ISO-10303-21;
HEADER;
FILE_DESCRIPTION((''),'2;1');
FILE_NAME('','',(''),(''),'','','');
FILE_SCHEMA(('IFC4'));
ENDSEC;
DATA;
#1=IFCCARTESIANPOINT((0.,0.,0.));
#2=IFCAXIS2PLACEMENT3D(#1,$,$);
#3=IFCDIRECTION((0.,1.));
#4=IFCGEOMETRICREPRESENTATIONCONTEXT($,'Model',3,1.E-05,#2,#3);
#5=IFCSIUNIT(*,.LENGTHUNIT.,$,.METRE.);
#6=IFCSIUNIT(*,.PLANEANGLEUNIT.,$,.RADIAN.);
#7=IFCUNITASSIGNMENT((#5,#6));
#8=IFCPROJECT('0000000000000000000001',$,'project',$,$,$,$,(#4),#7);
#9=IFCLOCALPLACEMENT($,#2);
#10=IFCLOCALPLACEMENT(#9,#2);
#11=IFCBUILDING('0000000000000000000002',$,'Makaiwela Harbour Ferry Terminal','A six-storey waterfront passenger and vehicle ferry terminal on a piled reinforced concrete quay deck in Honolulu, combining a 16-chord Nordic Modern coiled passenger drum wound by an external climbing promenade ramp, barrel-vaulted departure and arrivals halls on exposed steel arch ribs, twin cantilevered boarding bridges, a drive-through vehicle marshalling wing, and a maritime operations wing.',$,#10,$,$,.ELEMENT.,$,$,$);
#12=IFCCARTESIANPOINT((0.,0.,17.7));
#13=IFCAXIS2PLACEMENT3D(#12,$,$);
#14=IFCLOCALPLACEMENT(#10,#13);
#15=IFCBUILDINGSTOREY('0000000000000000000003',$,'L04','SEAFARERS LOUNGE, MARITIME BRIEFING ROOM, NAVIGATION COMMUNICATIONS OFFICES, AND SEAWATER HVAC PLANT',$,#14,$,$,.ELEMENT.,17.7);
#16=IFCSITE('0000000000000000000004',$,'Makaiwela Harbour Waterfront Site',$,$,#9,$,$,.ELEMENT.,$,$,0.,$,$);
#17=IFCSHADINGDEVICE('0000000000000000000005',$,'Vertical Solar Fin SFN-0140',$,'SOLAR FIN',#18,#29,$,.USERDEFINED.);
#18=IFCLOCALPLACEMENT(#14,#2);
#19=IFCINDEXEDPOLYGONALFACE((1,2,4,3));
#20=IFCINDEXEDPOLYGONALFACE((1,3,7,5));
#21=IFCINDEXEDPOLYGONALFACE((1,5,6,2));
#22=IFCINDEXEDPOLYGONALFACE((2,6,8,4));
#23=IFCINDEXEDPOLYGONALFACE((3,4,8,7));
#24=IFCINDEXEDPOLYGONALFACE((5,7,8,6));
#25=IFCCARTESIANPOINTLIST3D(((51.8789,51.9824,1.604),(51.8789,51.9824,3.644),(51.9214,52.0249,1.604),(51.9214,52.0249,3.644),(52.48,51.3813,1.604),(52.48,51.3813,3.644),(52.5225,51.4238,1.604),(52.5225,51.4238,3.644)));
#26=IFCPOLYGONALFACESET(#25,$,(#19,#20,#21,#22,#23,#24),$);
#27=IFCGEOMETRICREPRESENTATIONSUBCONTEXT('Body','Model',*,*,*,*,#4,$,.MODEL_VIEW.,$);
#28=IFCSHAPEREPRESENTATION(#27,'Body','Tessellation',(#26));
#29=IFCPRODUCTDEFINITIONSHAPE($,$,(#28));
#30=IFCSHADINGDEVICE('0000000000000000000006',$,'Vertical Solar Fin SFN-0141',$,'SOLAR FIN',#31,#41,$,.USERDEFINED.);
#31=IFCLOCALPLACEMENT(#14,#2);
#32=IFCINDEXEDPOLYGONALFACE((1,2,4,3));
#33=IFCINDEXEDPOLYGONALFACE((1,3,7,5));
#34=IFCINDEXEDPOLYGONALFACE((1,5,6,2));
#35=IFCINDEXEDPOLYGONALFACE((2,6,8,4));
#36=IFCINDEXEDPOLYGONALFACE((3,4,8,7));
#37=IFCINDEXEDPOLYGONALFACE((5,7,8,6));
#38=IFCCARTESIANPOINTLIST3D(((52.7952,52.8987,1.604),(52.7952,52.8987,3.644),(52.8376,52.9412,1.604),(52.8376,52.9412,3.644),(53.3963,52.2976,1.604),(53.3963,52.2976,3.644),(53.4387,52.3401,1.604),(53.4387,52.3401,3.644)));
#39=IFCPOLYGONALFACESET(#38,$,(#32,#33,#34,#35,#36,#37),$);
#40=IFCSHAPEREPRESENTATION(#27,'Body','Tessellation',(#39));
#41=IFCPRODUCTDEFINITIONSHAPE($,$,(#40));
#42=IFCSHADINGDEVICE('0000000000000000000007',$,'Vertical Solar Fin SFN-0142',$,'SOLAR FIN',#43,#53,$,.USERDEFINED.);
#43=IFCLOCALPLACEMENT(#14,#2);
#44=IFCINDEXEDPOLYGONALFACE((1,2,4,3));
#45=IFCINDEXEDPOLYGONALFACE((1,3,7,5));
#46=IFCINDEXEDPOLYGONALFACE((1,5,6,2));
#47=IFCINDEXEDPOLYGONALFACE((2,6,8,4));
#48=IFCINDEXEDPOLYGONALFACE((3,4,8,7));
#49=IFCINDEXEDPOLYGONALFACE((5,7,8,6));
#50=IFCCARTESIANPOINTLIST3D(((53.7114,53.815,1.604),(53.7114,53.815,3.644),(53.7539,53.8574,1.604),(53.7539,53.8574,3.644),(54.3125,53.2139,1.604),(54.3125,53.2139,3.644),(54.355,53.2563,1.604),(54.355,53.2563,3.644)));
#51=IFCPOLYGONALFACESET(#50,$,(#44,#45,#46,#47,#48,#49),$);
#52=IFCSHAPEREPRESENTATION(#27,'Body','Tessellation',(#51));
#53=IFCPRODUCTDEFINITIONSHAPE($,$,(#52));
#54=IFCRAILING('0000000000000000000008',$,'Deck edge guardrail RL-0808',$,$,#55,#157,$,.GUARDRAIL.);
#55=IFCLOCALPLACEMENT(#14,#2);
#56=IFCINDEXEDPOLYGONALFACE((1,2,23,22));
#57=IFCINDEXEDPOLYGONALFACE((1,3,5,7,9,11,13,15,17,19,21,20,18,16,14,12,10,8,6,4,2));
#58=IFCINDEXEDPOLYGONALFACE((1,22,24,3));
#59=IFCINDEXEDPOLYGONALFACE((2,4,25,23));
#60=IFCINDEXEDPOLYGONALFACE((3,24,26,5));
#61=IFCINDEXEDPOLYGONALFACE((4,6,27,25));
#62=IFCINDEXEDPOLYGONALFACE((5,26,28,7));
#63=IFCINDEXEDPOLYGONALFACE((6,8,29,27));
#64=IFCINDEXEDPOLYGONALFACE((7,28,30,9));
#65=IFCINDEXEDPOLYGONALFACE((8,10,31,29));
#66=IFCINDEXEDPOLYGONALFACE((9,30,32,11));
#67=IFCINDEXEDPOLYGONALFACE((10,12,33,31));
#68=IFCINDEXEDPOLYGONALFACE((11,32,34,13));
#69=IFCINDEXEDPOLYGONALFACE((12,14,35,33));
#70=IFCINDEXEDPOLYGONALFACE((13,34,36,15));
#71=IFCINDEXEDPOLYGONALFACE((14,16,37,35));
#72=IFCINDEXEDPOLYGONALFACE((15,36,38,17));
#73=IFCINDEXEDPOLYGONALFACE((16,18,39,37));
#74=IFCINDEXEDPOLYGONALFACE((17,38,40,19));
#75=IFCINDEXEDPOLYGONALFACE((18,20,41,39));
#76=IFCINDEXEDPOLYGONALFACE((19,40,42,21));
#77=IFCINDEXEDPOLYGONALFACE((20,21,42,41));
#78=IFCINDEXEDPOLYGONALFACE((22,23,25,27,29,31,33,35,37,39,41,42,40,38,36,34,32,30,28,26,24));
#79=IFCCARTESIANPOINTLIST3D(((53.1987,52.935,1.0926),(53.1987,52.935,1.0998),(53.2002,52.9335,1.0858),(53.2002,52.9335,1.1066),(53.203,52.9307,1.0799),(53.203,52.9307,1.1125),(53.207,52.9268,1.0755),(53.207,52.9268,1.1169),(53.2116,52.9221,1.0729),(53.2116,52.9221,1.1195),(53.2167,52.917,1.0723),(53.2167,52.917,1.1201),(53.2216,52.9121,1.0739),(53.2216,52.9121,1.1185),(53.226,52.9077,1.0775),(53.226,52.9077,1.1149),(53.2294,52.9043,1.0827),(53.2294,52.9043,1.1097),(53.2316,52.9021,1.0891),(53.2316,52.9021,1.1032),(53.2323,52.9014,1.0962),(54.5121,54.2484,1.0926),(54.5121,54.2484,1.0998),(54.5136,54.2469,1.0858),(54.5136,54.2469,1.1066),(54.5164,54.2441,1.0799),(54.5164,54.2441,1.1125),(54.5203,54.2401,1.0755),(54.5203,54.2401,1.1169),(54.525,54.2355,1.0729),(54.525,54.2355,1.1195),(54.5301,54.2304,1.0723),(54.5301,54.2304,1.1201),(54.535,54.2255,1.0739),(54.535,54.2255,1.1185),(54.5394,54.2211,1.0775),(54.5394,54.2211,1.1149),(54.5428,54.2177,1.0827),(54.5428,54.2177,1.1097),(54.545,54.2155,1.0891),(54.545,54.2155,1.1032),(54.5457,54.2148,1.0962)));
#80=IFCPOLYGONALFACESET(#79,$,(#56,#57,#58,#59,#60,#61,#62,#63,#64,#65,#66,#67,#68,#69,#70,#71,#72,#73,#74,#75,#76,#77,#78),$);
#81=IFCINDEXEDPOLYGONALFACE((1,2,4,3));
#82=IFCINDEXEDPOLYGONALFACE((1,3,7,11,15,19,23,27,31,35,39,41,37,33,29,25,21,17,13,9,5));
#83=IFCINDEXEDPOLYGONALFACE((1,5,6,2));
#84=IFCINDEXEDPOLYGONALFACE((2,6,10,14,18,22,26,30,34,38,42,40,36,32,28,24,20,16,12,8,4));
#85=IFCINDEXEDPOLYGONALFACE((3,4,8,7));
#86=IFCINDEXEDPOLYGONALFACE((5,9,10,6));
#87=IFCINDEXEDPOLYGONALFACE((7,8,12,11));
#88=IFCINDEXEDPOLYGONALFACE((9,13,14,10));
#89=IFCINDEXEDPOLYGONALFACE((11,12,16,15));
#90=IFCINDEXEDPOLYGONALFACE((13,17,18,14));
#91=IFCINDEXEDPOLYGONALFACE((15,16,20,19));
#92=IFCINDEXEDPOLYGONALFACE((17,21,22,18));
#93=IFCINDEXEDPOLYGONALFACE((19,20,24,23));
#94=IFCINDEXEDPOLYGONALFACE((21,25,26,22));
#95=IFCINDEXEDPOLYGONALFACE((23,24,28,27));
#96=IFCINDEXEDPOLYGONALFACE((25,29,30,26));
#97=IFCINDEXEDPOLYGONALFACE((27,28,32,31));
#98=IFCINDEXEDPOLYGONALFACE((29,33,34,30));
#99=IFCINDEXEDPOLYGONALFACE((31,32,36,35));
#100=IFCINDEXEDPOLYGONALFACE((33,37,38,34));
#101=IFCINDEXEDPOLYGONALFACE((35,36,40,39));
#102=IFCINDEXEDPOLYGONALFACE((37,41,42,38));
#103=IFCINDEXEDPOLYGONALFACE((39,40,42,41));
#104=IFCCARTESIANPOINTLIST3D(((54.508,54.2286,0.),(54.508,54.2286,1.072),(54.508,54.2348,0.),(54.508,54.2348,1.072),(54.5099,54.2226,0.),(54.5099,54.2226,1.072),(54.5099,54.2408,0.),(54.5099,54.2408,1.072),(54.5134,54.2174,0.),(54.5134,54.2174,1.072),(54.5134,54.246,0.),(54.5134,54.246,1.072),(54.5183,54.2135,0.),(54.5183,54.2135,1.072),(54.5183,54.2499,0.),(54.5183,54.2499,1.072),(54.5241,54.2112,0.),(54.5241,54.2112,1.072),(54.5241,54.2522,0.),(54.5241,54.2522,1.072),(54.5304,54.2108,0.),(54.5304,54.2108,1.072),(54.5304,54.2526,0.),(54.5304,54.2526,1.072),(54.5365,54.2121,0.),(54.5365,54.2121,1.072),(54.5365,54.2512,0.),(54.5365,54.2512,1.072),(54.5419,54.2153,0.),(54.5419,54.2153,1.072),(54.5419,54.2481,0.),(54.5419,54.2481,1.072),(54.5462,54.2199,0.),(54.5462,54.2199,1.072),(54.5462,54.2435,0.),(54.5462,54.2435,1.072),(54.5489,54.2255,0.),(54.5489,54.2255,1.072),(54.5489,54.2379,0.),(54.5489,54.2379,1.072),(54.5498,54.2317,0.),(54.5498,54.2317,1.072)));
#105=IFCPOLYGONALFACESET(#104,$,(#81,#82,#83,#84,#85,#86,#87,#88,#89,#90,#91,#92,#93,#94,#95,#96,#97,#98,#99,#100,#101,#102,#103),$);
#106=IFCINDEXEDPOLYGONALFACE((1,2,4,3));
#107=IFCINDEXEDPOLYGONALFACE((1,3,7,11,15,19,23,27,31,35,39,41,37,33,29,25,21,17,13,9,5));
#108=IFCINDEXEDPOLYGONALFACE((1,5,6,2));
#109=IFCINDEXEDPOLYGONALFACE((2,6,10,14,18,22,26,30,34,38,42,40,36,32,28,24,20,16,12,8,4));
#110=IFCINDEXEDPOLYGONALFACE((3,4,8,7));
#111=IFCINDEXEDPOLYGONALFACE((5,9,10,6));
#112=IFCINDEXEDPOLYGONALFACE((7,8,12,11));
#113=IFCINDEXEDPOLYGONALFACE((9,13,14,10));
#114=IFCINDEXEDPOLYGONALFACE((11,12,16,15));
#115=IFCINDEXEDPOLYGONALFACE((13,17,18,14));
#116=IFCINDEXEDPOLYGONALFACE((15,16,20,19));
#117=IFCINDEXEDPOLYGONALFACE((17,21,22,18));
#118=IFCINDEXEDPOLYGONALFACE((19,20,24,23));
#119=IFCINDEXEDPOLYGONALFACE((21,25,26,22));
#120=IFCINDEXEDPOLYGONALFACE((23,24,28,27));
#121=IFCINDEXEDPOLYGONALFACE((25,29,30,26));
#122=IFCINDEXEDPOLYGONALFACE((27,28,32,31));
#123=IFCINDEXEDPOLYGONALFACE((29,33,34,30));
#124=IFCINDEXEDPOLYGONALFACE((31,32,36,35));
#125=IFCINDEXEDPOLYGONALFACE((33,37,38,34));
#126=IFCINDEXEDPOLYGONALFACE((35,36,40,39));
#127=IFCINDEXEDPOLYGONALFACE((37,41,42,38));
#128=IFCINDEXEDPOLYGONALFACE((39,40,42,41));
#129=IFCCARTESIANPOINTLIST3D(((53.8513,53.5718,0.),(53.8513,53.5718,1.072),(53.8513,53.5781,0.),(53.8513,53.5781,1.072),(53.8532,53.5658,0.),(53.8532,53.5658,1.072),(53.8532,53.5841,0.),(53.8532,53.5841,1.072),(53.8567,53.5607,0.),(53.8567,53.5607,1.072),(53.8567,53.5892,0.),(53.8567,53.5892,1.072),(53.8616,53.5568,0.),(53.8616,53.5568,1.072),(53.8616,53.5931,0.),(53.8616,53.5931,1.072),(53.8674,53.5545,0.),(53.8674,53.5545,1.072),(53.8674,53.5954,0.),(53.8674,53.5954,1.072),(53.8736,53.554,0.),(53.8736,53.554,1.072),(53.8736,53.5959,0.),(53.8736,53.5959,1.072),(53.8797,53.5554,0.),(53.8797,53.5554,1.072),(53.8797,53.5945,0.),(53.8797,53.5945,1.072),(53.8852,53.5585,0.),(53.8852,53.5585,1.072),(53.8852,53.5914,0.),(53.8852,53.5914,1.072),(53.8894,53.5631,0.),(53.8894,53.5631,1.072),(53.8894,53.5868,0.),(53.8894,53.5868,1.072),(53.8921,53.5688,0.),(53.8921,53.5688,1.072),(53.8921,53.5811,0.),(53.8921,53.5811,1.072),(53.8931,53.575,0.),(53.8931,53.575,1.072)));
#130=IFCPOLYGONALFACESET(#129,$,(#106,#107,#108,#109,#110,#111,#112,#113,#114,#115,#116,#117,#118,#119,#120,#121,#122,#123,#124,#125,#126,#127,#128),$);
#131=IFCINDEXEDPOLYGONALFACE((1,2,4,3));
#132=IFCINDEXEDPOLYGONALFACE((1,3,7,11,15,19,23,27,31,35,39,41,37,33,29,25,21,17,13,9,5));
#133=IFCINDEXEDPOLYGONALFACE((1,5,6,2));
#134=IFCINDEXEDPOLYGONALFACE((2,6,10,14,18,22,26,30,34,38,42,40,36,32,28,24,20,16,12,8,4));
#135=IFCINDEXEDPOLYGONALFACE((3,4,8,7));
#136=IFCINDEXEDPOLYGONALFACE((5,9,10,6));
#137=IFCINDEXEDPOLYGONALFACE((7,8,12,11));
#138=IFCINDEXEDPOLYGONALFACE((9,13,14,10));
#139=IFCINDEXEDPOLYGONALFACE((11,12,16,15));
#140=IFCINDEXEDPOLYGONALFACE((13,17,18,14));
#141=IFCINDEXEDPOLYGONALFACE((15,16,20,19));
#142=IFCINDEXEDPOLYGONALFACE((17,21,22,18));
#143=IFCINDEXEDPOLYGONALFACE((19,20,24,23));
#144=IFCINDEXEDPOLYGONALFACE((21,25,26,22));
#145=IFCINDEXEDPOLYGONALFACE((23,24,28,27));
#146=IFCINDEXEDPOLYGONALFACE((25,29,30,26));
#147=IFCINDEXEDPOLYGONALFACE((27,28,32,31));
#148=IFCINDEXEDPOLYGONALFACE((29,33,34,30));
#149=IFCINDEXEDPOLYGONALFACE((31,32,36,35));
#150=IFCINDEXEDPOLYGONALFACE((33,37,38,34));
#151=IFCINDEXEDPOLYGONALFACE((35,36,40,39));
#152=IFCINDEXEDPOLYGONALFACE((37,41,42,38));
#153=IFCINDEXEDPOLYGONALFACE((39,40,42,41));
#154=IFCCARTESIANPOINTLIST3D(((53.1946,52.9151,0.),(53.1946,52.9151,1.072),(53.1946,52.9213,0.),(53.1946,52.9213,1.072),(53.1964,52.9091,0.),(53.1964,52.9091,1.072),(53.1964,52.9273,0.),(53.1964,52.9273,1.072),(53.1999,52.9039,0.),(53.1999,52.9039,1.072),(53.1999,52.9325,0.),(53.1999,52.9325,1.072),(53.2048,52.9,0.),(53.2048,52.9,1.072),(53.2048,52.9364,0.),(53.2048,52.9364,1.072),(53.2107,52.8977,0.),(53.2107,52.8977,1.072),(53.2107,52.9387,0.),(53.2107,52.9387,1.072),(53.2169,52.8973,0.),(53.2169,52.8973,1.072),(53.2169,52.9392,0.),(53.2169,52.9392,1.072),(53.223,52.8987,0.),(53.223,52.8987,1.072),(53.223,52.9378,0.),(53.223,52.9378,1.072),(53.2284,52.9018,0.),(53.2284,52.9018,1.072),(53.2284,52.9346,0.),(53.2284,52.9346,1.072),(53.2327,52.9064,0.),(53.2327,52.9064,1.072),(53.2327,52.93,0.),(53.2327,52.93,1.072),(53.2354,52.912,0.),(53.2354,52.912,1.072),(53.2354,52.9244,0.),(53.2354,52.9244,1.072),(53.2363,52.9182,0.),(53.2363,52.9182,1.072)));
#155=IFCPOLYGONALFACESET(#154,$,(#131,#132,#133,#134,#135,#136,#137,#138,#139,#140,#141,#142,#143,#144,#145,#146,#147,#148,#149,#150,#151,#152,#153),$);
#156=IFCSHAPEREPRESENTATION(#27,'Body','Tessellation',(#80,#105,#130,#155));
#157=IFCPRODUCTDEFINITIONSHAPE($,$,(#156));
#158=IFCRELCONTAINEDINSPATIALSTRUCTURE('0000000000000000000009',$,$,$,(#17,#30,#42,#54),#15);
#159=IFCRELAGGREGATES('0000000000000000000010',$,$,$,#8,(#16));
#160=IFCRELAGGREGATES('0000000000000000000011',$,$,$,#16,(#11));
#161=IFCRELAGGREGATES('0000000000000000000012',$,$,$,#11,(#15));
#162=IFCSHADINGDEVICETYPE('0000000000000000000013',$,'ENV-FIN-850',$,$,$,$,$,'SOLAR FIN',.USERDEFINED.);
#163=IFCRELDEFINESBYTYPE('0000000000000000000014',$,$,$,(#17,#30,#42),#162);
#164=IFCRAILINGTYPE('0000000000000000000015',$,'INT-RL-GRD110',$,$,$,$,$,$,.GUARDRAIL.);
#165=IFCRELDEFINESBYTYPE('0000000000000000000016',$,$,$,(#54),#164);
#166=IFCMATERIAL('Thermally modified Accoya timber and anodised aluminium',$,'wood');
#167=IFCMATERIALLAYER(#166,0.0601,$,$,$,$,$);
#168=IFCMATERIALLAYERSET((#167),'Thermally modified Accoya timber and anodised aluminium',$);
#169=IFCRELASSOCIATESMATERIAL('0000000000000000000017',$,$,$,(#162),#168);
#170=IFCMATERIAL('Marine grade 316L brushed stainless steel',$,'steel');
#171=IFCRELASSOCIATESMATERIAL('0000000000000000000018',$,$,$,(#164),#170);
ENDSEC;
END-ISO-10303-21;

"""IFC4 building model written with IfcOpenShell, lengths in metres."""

from ifc_helpers import new_model, si_unit, direction, frame, origin, origin_2d, place, context, subcontext, project, spatial, rectangle, circle, extrude, material, layer, layer_set, type_object, element, save


model = new_model("IFC4")

# Units and contexts
model_context = context("Model", 3, precision=1e-05, world=origin(), true_north=direction((0.0, 1.0)))
body_context = subcontext(model_context, "Body", "Model", "MODEL_VIEW")
ifc_project = project(units=[si_unit("LENGTHUNIT", "METRE"), si_unit("PLANEANGLEUNIT", "RADIAN")], contexts=[model_context])

# Site, building, storey
site_placement = place(None, origin())
site = spatial("IfcSite", under=ifc_project, at=site_placement, Name="Makaiwela Harbour Waterfront Site", CompositionType="ELEMENT", RefElevation=0.0)
building_placement = place(site_placement, origin())
building = spatial("IfcBuilding", under=site, at=building_placement, Name="Makaiwela Harbour Ferry Terminal", Description="A six-storey waterfront passenger and vehicle ferry terminal on a piled reinforced concrete quay deck in Honolulu, combining a 16-chord Nordic Modern coiled passenger drum wound by an external climbing promenade ramp, barrel-vaulted departure and arrivals halls on exposed steel arch ribs, twin cantilevered boarding bridges, a drive-through vehicle marshalling wing, and a maritime operations wing.", CompositionType="ELEMENT")
storey_placement = place(building_placement, frame((0.0, 0.0, 17.7)))
storey = spatial("IfcBuildingStorey", under=building, at=storey_placement, Name="L04", Description="SEAFARERS LOUNGE, MARITIME BRIEFING ROOM, NAVIGATION COMMUNICATIONS OFFICES, AND SEAWATER HVAC PLANT", CompositionType="ELEMENT", Elevation=17.7)

# Shading devices
ifc_material_1 = material(Name="Thermally modified Accoya timber and anodised aluminium", Category="wood")
ifc_layer_1 = layer(ifc_material_1, 0.0601)
ifc_layer_set_1 = layer_set([ifc_layer_1], Name="Thermally modified Accoya timber and anodised aluminium")
shading_device_type = type_object("IfcShadingDeviceType", Name="ENV-FIN-850", ElementType="SOLAR FIN", PredefinedType="USERDEFINED", material=ifc_layer_set_1)
for number, where, z_axis, x_axis, name in (
    (1, (52.2007, 51.7031, 1.604), (0.0, 0.0, 1.0), (0.707107, -0.707107, 0.0), "Vertical Solar Fin SFN-0140"),
    (2, (53.1169, 52.6194, 1.604), (0.0, 0.0, 1.0), (0.707107, -0.707107, 0.0), "Vertical Solar Fin SFN-0141"),
    (3, (54.0332, 53.5356, 1.604), (0.0, 0.0, 1.0), (0.707107, -0.707107, 0.0), "Vertical Solar Fin SFN-0142"),
):
    element("IfcShadingDevice", number, at=place(storey_placement, frame(where, z_axis=z_axis, x_axis=x_axis)), inside=storey, type_object=shading_device_type, Name=name, ObjectType="SOLAR FIN", PredefinedType="USERDEFINED", context=body_context, shape_type="SweptSolid", body=[
        extrude(rectangle(XDim=0.8501, YDim=0.0601, at=origin_2d()), origin(), (0.0, 0.0, 1.0), 2.04),
    ])

# Railing
ifc_material_2 = material(Name="Marine grade 316L brushed stainless steel", Category="steel")
railing_type = type_object("IfcRailingType", Name="INT-RL-GRD110", PredefinedType="GUARDRAIL", material=ifc_material_2)
railing_1_placement = place(storey_placement, frame((54.5288, 54.2317, 0.0)))
element("IfcRailing", 4, at=railing_1_placement, inside=storey, type_object=railing_type, Name="Deck edge guardrail RL-0808", PredefinedType="GUARDRAIL", context=body_context, shape_type="SweptSolid", body=[
    extrude(circle(Radius=0.0239, at=origin_2d()), frame((0.0, 0.0, 1.0962), z_axis=(-0.707107, -0.707107, 0.0), x_axis=(0.707107, -0.707107, 0.0)), (0.0, 0.0, 1.0), 1.8574),
    extrude(circle(Radius=0.021, at=origin_2d()), origin(), (0.0, 0.0, 1.0), 1.072),
    extrude(circle(Radius=0.021, at=origin_2d()), frame((-0.6567, -0.6567, 0.0)), (0.0, 0.0, 1.0), 1.072),
    extrude(circle(Radius=0.021, at=origin_2d()), frame((-1.3135, -1.3135, 0.0)), (0.0, 0.0, 1.0), 1.072),
])

save(model, "model.ifc")
